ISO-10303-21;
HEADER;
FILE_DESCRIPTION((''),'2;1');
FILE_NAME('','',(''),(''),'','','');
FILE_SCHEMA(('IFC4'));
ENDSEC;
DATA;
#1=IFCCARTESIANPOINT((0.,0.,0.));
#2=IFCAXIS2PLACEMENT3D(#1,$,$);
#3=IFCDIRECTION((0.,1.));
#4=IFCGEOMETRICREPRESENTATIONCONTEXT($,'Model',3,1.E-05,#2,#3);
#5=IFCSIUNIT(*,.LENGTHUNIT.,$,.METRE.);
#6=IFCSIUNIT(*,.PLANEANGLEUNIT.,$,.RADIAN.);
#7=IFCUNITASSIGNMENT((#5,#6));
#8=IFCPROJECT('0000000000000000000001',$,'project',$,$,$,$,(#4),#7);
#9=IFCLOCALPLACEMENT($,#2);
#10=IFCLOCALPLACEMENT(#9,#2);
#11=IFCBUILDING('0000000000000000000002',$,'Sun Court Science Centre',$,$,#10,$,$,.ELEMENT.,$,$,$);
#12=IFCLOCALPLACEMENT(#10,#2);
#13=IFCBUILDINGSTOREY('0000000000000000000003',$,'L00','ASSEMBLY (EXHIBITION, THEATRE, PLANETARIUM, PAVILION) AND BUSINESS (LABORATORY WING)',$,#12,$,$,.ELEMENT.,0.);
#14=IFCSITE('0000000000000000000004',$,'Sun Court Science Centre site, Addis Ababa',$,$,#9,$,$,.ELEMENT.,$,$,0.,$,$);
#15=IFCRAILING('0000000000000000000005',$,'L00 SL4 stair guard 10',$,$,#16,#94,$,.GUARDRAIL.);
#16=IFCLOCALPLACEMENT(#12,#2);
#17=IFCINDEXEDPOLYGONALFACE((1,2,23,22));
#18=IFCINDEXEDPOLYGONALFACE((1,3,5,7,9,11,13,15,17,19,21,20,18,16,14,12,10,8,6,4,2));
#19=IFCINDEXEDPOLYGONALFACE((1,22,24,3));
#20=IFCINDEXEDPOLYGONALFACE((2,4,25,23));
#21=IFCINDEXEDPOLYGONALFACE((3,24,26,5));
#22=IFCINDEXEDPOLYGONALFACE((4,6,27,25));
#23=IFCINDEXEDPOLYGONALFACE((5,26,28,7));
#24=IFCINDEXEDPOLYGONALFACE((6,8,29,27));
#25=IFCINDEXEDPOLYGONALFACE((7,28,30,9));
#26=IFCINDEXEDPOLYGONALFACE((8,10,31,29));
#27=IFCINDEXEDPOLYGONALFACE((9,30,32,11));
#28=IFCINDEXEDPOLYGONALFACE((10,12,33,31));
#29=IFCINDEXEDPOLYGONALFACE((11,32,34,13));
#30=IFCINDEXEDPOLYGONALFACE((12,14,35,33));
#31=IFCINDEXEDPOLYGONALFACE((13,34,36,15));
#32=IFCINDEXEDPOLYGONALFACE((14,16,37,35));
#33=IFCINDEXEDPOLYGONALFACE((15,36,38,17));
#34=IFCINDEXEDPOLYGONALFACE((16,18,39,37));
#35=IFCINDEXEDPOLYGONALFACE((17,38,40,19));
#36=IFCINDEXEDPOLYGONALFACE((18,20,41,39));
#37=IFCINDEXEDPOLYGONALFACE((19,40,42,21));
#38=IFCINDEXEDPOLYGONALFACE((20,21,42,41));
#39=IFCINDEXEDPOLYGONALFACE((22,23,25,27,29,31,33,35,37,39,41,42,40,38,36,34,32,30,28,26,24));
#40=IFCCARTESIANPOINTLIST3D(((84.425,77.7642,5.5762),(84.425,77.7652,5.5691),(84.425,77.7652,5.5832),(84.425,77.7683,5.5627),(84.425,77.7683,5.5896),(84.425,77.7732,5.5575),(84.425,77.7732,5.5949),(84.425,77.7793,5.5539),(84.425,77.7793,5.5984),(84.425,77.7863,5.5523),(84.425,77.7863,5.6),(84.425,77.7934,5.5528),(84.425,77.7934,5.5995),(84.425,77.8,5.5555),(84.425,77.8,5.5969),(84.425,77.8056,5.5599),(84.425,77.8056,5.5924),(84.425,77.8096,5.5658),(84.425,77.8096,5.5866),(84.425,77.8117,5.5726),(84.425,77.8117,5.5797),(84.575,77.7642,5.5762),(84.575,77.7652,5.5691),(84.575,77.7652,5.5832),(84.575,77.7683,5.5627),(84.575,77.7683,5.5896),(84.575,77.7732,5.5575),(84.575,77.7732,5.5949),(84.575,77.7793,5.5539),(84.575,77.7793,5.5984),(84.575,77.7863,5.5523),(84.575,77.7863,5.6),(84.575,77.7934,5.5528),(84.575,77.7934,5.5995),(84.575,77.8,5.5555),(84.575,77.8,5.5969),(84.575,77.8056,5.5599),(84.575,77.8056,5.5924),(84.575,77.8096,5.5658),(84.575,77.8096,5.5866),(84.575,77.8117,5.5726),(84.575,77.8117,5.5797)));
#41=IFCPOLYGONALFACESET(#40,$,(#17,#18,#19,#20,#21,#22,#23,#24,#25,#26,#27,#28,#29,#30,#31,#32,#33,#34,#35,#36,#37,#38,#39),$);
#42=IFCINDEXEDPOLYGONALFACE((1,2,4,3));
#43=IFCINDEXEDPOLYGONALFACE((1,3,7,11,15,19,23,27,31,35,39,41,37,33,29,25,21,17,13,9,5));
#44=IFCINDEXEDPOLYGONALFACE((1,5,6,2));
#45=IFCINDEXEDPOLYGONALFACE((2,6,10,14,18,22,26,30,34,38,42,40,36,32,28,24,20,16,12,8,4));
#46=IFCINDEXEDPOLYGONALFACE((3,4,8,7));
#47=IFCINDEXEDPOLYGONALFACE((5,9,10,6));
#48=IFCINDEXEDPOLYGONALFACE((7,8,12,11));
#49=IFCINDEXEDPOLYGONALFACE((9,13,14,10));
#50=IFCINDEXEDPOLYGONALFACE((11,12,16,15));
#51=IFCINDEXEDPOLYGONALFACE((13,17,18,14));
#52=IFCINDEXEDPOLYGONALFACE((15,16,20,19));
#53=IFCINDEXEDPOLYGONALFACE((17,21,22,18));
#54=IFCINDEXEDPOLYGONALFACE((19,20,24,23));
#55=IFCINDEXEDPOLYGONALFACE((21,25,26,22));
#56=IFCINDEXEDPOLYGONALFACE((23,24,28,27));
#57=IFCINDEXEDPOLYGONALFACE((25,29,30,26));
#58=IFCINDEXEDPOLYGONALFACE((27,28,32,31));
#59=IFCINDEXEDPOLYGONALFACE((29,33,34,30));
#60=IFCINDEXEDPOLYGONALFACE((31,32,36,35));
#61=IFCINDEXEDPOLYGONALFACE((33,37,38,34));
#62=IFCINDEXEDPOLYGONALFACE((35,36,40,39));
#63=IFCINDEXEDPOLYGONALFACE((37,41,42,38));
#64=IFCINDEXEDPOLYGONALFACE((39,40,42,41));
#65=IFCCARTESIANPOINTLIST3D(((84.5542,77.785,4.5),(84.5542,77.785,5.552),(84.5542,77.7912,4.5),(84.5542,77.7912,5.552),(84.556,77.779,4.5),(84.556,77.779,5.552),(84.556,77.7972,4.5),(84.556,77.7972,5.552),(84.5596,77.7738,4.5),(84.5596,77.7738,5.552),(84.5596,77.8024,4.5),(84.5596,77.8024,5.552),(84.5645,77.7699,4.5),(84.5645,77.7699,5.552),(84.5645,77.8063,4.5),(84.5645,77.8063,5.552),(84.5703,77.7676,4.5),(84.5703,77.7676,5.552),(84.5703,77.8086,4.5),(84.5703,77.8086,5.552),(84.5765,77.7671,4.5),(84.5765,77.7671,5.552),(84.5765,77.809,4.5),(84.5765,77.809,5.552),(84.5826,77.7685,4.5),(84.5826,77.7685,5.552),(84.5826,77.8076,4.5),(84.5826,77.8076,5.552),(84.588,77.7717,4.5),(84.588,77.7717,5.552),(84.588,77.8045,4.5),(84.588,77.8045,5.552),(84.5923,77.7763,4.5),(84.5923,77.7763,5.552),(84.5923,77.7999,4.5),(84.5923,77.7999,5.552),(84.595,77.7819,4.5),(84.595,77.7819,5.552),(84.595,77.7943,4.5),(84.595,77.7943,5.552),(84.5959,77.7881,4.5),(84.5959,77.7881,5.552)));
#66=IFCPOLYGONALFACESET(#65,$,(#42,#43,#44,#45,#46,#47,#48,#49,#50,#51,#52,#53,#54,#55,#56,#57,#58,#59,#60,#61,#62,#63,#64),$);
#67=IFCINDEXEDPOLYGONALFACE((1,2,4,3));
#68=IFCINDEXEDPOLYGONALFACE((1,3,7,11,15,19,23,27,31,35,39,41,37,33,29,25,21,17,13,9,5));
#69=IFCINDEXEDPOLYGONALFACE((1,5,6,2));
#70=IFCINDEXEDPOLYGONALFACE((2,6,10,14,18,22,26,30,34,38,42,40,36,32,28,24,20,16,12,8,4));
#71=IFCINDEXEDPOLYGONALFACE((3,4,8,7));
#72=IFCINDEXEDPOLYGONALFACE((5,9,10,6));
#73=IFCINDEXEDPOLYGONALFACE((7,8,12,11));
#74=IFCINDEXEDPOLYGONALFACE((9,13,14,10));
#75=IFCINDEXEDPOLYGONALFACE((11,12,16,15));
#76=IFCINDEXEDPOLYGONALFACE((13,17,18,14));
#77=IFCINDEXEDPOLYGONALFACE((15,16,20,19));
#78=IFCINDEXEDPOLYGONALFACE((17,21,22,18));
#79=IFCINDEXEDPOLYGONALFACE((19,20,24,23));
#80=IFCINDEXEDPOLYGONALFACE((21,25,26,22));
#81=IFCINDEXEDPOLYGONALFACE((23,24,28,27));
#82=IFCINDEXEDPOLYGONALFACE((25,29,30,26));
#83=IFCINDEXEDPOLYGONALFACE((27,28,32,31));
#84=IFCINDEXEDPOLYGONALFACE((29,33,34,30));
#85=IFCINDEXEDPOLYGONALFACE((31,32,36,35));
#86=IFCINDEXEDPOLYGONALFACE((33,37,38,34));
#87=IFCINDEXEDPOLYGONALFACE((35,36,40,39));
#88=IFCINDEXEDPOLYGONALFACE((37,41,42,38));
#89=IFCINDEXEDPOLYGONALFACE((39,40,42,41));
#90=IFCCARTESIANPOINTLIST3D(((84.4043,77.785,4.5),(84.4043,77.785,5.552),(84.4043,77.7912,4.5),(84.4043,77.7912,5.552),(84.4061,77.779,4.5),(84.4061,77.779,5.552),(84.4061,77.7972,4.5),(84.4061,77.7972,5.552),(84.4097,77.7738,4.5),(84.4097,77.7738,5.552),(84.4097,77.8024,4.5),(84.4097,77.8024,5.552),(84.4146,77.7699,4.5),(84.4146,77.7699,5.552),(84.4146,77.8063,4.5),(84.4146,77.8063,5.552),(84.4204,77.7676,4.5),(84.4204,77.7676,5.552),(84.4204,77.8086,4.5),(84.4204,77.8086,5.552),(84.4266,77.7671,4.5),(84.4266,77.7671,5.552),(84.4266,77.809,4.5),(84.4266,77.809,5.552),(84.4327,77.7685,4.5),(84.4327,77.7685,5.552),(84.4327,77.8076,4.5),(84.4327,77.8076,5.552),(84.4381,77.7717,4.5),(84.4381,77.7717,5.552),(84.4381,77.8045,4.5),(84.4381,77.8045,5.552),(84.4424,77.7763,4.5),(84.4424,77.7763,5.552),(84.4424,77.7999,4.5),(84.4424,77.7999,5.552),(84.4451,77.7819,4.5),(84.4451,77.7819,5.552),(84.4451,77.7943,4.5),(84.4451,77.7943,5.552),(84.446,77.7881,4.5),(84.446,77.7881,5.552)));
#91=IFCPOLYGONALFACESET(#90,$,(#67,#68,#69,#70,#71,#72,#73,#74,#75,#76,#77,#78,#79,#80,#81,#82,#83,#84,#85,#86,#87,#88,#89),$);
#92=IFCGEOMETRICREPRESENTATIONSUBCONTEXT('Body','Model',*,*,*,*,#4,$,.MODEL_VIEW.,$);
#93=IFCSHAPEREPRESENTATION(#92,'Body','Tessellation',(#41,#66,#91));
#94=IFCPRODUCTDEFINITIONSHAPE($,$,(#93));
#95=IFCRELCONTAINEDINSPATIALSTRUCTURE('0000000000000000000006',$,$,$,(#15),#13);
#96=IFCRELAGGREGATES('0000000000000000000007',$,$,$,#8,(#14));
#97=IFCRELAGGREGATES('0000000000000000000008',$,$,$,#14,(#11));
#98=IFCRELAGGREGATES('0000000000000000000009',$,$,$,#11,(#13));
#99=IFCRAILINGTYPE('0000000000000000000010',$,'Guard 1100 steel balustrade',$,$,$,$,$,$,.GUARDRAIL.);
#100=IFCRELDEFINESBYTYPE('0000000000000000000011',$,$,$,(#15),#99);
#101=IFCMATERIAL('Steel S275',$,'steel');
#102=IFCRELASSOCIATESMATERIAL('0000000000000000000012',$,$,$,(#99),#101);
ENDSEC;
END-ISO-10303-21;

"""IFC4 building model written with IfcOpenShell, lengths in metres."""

from ifc_helpers import new_model, si_unit, direction, frame, origin, origin_2d, place, context, subcontext, project, spatial, circle, extrude, material, type_object, element, save


model = new_model("IFC4")

# Units and contexts
model_context = context("Model", 3, precision=1e-05, world=origin(), true_north=direction((0.0, 1.0)))
body_context = subcontext(model_context, "Body", "Model", "MODEL_VIEW")
ifc_project = project(units=[si_unit("LENGTHUNIT", "METRE"), si_unit("PLANEANGLEUNIT", "RADIAN")], contexts=[model_context])

# Site, building, storey
site_placement = place(None, origin())
site = spatial("IfcSite", under=ifc_project, at=site_placement, Name="Sun Court Science Centre site, Addis Ababa", CompositionType="ELEMENT", RefElevation=0.0)
building_placement = place(site_placement, origin())
building = spatial("IfcBuilding", under=site, at=building_placement, Name="Sun Court Science Centre", CompositionType="ELEMENT")
storey_placement = place(building_placement, origin())
storey = spatial("IfcBuildingStorey", under=building, at=storey_placement, Name="L00", Description="ASSEMBLY (EXHIBITION, THEATRE, PLANETARIUM, PAVILION) AND BUSINESS (LABORATORY WING)", CompositionType="ELEMENT", Elevation=0.0)

# Railing
ifc_material_1 = material(Name="Steel S275", Category="steel")
railing_type_1 = type_object("IfcRailingType", Name="Guard 1100 steel balustrade", PredefinedType="GUARDRAIL", material=ifc_material_1)
railing_1_placement = place(storey_placement, frame((84.575, 77.7881, 4.5)))
element("IfcRailing", 1, at=railing_1_placement, inside=storey, type_object=railing_type_1, Name="L00 SL4 stair guard 10", PredefinedType="GUARDRAIL", context=body_context, shape_type="SweptSolid", body=[
    extrude(circle(Radius=0.0239, at=origin_2d()), frame((0.0, 0.0, 1.0762), z_axis=(-1.0, 0.0, 0.0), x_axis=(0.0, -1.0, 0.0)), (0.0, 0.0, 1.0), 0.1499),
    extrude(circle(Radius=0.021, at=origin_2d()), origin(), (0.0, 0.0, 1.0), 1.052),
    extrude(circle(Radius=0.021, at=origin_2d()), frame((-0.1499, 0.0, 0.0)), (0.0, 0.0, 1.0), 1.052),
])

save(model, "model.ifc")
